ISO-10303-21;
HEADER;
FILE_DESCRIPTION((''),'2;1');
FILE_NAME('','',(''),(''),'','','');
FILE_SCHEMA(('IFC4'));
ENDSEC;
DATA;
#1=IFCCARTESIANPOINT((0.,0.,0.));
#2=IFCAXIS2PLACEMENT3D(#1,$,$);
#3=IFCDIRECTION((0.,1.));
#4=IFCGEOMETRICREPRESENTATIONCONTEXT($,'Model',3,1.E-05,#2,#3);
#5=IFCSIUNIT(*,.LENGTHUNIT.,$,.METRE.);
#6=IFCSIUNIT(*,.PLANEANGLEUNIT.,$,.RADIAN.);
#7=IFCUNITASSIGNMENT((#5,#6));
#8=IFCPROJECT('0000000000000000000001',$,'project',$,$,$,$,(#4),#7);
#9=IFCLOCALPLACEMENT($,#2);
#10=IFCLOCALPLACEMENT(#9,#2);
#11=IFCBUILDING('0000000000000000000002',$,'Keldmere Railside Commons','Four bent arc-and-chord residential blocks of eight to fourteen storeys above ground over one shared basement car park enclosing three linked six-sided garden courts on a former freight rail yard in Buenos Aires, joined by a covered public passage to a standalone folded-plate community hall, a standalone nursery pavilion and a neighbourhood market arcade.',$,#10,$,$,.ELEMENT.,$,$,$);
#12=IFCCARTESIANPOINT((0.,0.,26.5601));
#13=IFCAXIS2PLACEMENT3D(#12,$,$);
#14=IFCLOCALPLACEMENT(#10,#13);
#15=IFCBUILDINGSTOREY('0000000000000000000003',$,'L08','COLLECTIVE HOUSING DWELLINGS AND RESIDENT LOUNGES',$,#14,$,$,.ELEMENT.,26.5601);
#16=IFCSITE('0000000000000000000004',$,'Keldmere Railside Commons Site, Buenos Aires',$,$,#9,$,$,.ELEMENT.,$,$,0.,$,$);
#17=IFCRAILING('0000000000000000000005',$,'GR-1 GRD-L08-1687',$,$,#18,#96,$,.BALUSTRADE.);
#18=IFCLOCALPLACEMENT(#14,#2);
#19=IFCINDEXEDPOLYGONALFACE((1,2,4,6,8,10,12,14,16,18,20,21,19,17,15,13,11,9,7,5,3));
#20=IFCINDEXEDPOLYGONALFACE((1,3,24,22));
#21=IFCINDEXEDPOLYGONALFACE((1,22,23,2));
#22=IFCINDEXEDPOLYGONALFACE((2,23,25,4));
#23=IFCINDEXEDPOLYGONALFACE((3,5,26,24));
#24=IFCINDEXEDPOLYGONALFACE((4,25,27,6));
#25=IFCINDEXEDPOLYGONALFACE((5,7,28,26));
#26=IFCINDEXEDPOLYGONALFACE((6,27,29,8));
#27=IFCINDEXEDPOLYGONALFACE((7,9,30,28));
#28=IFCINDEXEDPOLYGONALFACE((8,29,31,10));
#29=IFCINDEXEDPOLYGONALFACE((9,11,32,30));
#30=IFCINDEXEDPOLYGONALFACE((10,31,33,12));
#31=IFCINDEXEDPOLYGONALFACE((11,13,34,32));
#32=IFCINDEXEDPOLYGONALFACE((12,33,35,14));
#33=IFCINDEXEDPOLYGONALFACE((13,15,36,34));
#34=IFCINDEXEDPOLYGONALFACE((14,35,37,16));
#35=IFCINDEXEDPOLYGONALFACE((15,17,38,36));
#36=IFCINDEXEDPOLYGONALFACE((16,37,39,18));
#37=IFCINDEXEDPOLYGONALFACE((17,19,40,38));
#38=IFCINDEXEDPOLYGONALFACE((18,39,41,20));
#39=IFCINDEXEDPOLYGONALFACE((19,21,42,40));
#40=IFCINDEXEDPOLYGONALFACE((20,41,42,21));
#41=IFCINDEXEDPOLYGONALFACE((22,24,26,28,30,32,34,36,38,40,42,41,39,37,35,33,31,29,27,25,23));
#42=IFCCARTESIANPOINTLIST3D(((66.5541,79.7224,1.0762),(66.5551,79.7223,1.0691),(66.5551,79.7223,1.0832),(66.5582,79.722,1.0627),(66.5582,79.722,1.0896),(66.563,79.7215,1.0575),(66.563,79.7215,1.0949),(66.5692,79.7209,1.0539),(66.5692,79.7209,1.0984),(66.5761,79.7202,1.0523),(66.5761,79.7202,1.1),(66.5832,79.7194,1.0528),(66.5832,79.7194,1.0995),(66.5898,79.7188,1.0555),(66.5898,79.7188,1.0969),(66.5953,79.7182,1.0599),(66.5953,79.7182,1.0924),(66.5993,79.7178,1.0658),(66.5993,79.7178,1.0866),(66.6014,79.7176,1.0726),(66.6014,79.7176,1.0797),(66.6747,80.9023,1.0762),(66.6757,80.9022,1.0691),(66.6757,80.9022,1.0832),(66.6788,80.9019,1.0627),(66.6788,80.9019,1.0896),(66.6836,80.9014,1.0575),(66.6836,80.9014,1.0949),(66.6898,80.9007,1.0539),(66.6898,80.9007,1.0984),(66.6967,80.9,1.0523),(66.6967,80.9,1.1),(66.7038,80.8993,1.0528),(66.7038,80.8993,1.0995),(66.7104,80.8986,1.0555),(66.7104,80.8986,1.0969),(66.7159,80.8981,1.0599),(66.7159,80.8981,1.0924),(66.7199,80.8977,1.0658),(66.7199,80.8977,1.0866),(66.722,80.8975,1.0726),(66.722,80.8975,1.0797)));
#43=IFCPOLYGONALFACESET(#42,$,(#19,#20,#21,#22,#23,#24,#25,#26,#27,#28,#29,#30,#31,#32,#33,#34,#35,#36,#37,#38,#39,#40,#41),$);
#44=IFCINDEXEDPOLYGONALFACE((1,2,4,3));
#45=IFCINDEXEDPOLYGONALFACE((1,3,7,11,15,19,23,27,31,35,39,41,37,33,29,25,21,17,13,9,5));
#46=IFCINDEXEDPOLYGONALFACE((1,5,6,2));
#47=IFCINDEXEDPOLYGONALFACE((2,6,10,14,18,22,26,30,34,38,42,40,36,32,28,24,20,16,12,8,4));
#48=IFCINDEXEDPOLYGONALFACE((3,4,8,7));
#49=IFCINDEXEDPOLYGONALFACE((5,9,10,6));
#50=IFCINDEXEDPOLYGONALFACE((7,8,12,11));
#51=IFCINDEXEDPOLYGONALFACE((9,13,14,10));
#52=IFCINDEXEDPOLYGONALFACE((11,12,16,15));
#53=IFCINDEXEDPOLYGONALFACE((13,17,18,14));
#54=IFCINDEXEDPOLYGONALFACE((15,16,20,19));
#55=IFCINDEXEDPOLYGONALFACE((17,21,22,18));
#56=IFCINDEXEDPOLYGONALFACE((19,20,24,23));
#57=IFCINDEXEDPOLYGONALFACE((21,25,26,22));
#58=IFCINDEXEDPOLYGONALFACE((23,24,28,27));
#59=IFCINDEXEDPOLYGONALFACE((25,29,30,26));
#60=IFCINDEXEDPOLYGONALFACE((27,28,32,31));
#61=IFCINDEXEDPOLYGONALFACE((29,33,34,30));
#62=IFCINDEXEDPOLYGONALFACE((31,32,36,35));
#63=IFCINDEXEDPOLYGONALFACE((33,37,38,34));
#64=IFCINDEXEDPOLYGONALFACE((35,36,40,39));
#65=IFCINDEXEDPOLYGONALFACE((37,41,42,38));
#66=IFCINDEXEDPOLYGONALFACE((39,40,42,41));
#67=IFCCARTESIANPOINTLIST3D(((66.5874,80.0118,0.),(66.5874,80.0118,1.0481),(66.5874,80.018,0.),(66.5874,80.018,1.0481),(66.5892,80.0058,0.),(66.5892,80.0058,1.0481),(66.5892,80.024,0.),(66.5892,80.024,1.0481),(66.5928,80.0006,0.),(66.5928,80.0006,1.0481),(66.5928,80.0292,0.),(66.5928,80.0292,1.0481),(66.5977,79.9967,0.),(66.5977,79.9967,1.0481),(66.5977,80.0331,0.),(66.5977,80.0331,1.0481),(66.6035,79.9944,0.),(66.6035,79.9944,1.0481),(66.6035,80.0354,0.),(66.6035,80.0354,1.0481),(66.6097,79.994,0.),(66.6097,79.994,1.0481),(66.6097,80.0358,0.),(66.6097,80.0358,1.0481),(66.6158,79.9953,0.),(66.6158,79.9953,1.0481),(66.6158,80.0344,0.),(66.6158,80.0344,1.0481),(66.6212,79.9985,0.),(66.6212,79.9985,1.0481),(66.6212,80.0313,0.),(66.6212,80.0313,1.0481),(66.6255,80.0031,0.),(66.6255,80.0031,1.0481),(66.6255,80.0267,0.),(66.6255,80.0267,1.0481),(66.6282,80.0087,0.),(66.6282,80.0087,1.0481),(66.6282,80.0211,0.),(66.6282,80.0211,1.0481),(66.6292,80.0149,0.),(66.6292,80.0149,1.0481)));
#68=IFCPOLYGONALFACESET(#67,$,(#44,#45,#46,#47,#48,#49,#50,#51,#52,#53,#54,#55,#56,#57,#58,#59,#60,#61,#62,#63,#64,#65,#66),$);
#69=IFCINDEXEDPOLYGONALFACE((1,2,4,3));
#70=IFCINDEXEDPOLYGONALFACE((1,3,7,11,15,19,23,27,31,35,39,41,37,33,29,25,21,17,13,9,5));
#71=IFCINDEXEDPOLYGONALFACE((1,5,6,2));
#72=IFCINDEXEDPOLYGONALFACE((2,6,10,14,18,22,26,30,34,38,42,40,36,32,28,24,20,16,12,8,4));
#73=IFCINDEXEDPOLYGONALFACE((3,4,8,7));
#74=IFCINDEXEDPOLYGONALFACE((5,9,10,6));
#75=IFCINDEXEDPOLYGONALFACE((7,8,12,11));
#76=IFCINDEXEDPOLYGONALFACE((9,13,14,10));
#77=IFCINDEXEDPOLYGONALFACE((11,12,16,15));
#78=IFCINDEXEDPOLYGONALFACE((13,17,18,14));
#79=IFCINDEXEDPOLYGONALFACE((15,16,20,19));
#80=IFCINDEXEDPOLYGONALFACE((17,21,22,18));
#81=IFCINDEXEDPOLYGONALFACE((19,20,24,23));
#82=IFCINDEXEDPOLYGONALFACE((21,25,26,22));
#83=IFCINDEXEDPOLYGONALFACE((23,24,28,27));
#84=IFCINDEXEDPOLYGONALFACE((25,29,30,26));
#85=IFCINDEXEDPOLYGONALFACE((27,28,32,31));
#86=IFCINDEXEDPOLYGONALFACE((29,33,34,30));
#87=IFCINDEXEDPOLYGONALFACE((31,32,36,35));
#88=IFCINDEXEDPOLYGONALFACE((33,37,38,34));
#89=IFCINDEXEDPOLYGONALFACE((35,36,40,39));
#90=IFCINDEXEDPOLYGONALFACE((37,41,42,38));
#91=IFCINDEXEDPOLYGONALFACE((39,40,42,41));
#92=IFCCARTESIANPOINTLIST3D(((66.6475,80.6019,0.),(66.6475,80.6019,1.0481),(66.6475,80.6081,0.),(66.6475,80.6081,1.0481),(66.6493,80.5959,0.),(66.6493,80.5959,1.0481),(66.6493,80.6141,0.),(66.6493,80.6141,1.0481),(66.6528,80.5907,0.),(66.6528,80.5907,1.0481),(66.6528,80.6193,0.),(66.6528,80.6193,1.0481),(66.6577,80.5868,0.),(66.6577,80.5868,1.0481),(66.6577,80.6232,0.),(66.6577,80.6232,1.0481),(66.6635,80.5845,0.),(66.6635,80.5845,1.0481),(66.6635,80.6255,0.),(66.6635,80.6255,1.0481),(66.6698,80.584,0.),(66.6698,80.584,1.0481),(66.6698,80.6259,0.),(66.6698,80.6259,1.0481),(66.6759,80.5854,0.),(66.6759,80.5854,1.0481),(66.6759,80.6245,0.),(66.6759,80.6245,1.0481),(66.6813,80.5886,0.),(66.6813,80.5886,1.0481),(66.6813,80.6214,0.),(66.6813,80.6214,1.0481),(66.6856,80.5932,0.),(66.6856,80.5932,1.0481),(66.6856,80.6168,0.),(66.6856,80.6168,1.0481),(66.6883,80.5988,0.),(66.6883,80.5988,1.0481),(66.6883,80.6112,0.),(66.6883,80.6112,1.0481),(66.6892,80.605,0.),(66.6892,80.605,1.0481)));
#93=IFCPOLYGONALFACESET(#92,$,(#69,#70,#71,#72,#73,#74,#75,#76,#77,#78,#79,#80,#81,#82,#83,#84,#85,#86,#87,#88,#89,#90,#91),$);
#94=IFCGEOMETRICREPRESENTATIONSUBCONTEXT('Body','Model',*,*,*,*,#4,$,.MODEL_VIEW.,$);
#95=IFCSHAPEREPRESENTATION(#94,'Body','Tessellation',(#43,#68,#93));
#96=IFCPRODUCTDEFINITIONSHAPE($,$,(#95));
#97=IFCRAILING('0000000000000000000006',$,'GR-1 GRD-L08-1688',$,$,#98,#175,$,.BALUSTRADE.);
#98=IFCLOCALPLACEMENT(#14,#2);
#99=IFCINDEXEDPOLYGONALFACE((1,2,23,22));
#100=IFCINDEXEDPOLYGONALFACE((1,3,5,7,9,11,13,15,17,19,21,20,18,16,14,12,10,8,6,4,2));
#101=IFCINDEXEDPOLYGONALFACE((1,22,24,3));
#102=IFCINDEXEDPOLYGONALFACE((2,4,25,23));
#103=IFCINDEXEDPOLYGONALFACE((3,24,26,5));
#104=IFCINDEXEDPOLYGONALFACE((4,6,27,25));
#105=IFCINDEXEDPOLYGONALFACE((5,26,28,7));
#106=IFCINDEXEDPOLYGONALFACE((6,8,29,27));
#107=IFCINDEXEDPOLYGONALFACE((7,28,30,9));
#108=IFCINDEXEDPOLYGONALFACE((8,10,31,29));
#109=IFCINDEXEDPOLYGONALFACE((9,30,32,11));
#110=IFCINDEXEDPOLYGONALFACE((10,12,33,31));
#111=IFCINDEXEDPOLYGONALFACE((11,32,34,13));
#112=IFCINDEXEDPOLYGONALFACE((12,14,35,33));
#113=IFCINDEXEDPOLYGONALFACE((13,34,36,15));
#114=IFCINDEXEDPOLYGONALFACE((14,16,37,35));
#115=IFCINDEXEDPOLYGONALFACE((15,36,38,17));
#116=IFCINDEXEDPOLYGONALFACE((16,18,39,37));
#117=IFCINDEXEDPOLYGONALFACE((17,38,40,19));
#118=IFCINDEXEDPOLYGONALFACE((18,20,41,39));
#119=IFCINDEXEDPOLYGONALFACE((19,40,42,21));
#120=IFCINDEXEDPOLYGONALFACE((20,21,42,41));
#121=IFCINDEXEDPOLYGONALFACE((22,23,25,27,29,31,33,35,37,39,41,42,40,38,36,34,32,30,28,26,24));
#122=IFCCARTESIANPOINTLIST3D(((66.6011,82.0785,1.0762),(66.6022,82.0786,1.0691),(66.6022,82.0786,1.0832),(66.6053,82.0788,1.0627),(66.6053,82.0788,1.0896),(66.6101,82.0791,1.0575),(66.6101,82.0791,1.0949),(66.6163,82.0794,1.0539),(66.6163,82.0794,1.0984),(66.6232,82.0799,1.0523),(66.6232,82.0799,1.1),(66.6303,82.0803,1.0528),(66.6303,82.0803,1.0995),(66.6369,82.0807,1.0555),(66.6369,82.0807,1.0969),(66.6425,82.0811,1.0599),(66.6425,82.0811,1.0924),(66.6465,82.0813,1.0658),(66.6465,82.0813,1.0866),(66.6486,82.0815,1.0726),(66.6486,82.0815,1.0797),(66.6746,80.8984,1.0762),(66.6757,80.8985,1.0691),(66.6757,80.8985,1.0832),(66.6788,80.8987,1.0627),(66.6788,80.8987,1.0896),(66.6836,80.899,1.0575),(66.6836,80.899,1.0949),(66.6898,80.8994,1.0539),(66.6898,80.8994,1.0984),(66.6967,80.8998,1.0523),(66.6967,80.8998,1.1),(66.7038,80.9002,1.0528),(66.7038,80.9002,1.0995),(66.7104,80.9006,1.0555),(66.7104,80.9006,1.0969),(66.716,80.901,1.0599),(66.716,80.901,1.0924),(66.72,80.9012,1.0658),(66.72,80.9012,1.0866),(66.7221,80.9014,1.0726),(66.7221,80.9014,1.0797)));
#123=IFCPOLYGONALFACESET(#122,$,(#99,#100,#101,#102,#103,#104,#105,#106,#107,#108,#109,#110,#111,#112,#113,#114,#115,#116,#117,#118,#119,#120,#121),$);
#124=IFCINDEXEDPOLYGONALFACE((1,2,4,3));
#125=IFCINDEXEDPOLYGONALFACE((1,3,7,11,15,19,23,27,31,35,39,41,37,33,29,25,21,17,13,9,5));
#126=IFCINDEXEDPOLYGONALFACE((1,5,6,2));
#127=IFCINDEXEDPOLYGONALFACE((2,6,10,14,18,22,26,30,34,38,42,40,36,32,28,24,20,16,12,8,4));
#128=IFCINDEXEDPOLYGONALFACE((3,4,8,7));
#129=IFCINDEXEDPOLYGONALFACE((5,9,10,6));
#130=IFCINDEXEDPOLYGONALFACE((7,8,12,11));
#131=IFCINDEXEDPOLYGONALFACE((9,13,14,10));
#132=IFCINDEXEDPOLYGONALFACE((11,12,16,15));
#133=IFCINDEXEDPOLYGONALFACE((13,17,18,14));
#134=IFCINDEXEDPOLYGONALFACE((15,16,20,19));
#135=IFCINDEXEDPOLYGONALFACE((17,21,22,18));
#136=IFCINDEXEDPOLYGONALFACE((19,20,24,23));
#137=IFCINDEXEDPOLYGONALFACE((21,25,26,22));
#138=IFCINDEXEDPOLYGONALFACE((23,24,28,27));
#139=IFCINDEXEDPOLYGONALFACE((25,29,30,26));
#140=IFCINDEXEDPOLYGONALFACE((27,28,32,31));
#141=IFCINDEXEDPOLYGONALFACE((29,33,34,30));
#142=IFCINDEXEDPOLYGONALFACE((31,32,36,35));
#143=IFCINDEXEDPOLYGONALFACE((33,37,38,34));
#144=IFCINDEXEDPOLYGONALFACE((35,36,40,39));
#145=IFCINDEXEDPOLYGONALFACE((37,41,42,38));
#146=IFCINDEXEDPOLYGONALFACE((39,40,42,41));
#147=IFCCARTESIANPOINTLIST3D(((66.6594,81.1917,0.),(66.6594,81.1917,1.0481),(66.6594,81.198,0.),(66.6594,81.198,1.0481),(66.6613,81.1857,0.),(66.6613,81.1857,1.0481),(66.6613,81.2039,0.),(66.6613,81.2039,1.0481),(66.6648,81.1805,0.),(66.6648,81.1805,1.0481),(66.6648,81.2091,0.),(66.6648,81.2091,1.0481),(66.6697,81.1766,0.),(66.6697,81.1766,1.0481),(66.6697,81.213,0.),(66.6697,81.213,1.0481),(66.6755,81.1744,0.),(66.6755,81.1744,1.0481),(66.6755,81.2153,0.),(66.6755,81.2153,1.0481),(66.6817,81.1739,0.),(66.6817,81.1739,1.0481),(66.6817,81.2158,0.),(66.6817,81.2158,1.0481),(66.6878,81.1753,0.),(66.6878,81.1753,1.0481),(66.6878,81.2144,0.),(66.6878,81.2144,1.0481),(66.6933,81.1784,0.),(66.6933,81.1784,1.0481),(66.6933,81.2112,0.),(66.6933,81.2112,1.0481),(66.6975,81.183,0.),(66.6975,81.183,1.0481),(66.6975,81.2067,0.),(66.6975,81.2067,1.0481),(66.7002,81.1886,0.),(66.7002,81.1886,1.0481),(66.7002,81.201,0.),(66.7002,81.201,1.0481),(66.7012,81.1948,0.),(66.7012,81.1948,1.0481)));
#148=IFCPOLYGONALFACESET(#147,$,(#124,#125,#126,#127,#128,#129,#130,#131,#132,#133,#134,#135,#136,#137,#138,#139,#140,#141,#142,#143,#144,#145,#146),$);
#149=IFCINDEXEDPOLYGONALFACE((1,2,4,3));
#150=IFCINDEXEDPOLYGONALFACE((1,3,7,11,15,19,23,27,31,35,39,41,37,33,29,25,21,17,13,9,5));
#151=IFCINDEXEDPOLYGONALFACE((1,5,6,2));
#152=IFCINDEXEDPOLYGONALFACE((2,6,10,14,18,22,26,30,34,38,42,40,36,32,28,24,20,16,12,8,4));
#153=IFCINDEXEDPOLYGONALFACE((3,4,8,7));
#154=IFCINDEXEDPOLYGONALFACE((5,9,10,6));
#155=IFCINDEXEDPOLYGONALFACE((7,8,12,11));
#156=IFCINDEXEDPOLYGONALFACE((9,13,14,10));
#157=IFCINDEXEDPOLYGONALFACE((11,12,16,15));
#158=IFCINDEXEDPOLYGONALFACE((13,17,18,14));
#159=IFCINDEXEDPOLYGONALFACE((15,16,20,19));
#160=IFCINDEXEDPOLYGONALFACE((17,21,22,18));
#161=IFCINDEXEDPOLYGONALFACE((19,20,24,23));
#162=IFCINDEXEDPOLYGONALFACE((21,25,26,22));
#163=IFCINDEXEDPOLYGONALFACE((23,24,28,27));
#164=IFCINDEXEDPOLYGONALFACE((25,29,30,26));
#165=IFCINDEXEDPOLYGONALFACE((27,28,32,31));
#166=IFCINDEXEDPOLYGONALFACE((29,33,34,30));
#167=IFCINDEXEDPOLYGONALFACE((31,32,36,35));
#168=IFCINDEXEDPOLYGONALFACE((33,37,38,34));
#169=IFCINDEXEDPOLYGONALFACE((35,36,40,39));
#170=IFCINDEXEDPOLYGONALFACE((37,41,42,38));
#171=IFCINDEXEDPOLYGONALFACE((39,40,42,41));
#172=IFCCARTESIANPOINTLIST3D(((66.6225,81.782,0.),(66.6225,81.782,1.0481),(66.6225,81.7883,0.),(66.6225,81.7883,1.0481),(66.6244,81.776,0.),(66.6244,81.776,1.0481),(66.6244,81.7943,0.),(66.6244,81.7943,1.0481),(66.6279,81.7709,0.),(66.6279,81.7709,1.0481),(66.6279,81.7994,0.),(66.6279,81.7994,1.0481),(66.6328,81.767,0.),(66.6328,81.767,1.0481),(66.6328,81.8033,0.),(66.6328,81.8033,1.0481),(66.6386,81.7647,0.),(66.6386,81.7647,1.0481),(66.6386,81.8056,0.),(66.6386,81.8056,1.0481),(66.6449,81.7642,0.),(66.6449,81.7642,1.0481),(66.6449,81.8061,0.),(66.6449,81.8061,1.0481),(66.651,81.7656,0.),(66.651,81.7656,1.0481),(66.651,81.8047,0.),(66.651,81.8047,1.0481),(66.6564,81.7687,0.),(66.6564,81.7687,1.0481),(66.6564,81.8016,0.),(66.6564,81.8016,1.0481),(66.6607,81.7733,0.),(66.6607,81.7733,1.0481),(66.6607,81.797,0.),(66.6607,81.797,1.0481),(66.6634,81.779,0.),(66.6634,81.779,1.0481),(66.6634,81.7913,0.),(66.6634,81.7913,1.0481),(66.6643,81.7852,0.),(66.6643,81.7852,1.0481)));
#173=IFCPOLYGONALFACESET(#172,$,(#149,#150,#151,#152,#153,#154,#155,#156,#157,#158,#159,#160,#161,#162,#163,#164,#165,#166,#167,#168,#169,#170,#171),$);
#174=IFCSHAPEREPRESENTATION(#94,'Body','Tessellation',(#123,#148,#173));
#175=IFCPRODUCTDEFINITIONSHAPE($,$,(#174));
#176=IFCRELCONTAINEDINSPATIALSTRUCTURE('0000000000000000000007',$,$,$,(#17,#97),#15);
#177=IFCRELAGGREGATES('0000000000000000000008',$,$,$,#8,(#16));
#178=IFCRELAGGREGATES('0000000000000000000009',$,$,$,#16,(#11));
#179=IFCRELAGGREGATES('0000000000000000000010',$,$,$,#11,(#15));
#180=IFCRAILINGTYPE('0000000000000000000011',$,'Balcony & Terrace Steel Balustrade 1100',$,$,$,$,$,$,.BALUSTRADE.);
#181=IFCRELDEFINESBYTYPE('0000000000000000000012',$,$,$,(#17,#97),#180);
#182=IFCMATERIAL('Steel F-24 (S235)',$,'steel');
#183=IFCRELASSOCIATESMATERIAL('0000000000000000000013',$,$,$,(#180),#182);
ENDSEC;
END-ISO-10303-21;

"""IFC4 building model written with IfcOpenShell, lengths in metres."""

from ifc_helpers import new_model, si_unit, direction, frame, origin, origin_2d, place, context, subcontext, project, spatial, circle, extrude, material, type_object, element, save


model = new_model("IFC4")

# Units and contexts
model_context = context("Model", 3, precision=1e-05, world=origin(), true_north=direction((0.0, 1.0)))
body_context = subcontext(model_context, "Body", "Model", "MODEL_VIEW")
ifc_project = project(units=[si_unit("LENGTHUNIT", "METRE"), si_unit("PLANEANGLEUNIT", "RADIAN")], contexts=[model_context])

# Site, building, storey
site_placement = place(None, origin())
site = spatial("IfcSite", under=ifc_project, at=site_placement, Name="Keldmere Railside Commons Site, Buenos Aires", CompositionType="ELEMENT", RefElevation=0.0)
building_placement = place(site_placement, origin())
building = spatial("IfcBuilding", under=site, at=building_placement, Name="Keldmere Railside Commons", Description="Four bent arc-and-chord residential blocks of eight to fourteen storeys above ground over one shared basement car park enclosing three linked six-sided garden courts on a former freight rail yard in Buenos Aires, joined by a covered public passage to a standalone folded-plate community hall, a standalone nursery pavilion and a neighbourhood market arcade.", CompositionType="ELEMENT")
storey_placement = place(building_placement, frame((0.0, 0.0, 26.5601)))
storey = spatial("IfcBuildingStorey", under=building, at=storey_placement, Name="L08", Description="COLLECTIVE HOUSING DWELLINGS AND RESIDENT LOUNGES", CompositionType="ELEMENT", Elevation=26.5601)

# Railings
ifc_material_1 = material(Name="Steel F-24 (S235)", Category="steel")
railing_type = type_object("IfcRailingType", Name="Balcony & Terrace Steel Balustrade 1100", PredefinedType="BALUSTRADE", material=ifc_material_1)
railing_1_placement = place(storey_placement, frame((66.5779, 79.72, 0.0)))
element("IfcRailing", 1, at=railing_1_placement, inside=storey, type_object=railing_type, Name="GR-1 GRD-L08-1687", PredefinedType="BALUSTRADE", context=body_context, shape_type="SweptSolid", body=[
    extrude(circle(Radius=0.0239, at=origin_2d()), frame((0.0, 0.0, 1.0762), z_axis=(0.101684, 0.994817, 0.0), x_axis=(-0.994817, 0.101684, 0.0)), (0.0, 0.0, 1.0), 1.186),
    extrude(circle(Radius=0.021, at=origin_2d()), frame((0.0303, 0.2949, 0.0)), (0.0, 0.0, 1.0), 1.0481),
    extrude(circle(Radius=0.021, at=origin_2d()), frame((0.0903, 0.885, 0.0)), (0.0, 0.0, 1.0), 1.0481),
])
railing_2_placement = place(storey_placement, frame((66.6985, 80.8999, 0.0)))
element("IfcRailing", 2, at=railing_2_placement, inside=storey, type_object=railing_type, Name="GR-1 GRD-L08-1688", PredefinedType="BALUSTRADE", context=body_context, shape_type="SweptSolid", body=[
    extrude(circle(Radius=0.0239, at=origin_2d()), frame((0.0, 0.0, 1.0762), z_axis=(-0.062147, 0.998067, 0.0), x_axis=(-0.998067, -0.062147, 0.0)), (0.0, 0.0, 1.0), 1.1824),
    extrude(circle(Radius=0.021, at=origin_2d()), frame((-0.0183, 0.2949, 0.0)), (0.0, 0.0, 1.0), 1.0481),
    extrude(circle(Radius=0.021, at=origin_2d()), frame((-0.0552, 0.8853, 0.0)), (0.0, 0.0, 1.0), 1.0481),
])

save(model, "model.ifc")
